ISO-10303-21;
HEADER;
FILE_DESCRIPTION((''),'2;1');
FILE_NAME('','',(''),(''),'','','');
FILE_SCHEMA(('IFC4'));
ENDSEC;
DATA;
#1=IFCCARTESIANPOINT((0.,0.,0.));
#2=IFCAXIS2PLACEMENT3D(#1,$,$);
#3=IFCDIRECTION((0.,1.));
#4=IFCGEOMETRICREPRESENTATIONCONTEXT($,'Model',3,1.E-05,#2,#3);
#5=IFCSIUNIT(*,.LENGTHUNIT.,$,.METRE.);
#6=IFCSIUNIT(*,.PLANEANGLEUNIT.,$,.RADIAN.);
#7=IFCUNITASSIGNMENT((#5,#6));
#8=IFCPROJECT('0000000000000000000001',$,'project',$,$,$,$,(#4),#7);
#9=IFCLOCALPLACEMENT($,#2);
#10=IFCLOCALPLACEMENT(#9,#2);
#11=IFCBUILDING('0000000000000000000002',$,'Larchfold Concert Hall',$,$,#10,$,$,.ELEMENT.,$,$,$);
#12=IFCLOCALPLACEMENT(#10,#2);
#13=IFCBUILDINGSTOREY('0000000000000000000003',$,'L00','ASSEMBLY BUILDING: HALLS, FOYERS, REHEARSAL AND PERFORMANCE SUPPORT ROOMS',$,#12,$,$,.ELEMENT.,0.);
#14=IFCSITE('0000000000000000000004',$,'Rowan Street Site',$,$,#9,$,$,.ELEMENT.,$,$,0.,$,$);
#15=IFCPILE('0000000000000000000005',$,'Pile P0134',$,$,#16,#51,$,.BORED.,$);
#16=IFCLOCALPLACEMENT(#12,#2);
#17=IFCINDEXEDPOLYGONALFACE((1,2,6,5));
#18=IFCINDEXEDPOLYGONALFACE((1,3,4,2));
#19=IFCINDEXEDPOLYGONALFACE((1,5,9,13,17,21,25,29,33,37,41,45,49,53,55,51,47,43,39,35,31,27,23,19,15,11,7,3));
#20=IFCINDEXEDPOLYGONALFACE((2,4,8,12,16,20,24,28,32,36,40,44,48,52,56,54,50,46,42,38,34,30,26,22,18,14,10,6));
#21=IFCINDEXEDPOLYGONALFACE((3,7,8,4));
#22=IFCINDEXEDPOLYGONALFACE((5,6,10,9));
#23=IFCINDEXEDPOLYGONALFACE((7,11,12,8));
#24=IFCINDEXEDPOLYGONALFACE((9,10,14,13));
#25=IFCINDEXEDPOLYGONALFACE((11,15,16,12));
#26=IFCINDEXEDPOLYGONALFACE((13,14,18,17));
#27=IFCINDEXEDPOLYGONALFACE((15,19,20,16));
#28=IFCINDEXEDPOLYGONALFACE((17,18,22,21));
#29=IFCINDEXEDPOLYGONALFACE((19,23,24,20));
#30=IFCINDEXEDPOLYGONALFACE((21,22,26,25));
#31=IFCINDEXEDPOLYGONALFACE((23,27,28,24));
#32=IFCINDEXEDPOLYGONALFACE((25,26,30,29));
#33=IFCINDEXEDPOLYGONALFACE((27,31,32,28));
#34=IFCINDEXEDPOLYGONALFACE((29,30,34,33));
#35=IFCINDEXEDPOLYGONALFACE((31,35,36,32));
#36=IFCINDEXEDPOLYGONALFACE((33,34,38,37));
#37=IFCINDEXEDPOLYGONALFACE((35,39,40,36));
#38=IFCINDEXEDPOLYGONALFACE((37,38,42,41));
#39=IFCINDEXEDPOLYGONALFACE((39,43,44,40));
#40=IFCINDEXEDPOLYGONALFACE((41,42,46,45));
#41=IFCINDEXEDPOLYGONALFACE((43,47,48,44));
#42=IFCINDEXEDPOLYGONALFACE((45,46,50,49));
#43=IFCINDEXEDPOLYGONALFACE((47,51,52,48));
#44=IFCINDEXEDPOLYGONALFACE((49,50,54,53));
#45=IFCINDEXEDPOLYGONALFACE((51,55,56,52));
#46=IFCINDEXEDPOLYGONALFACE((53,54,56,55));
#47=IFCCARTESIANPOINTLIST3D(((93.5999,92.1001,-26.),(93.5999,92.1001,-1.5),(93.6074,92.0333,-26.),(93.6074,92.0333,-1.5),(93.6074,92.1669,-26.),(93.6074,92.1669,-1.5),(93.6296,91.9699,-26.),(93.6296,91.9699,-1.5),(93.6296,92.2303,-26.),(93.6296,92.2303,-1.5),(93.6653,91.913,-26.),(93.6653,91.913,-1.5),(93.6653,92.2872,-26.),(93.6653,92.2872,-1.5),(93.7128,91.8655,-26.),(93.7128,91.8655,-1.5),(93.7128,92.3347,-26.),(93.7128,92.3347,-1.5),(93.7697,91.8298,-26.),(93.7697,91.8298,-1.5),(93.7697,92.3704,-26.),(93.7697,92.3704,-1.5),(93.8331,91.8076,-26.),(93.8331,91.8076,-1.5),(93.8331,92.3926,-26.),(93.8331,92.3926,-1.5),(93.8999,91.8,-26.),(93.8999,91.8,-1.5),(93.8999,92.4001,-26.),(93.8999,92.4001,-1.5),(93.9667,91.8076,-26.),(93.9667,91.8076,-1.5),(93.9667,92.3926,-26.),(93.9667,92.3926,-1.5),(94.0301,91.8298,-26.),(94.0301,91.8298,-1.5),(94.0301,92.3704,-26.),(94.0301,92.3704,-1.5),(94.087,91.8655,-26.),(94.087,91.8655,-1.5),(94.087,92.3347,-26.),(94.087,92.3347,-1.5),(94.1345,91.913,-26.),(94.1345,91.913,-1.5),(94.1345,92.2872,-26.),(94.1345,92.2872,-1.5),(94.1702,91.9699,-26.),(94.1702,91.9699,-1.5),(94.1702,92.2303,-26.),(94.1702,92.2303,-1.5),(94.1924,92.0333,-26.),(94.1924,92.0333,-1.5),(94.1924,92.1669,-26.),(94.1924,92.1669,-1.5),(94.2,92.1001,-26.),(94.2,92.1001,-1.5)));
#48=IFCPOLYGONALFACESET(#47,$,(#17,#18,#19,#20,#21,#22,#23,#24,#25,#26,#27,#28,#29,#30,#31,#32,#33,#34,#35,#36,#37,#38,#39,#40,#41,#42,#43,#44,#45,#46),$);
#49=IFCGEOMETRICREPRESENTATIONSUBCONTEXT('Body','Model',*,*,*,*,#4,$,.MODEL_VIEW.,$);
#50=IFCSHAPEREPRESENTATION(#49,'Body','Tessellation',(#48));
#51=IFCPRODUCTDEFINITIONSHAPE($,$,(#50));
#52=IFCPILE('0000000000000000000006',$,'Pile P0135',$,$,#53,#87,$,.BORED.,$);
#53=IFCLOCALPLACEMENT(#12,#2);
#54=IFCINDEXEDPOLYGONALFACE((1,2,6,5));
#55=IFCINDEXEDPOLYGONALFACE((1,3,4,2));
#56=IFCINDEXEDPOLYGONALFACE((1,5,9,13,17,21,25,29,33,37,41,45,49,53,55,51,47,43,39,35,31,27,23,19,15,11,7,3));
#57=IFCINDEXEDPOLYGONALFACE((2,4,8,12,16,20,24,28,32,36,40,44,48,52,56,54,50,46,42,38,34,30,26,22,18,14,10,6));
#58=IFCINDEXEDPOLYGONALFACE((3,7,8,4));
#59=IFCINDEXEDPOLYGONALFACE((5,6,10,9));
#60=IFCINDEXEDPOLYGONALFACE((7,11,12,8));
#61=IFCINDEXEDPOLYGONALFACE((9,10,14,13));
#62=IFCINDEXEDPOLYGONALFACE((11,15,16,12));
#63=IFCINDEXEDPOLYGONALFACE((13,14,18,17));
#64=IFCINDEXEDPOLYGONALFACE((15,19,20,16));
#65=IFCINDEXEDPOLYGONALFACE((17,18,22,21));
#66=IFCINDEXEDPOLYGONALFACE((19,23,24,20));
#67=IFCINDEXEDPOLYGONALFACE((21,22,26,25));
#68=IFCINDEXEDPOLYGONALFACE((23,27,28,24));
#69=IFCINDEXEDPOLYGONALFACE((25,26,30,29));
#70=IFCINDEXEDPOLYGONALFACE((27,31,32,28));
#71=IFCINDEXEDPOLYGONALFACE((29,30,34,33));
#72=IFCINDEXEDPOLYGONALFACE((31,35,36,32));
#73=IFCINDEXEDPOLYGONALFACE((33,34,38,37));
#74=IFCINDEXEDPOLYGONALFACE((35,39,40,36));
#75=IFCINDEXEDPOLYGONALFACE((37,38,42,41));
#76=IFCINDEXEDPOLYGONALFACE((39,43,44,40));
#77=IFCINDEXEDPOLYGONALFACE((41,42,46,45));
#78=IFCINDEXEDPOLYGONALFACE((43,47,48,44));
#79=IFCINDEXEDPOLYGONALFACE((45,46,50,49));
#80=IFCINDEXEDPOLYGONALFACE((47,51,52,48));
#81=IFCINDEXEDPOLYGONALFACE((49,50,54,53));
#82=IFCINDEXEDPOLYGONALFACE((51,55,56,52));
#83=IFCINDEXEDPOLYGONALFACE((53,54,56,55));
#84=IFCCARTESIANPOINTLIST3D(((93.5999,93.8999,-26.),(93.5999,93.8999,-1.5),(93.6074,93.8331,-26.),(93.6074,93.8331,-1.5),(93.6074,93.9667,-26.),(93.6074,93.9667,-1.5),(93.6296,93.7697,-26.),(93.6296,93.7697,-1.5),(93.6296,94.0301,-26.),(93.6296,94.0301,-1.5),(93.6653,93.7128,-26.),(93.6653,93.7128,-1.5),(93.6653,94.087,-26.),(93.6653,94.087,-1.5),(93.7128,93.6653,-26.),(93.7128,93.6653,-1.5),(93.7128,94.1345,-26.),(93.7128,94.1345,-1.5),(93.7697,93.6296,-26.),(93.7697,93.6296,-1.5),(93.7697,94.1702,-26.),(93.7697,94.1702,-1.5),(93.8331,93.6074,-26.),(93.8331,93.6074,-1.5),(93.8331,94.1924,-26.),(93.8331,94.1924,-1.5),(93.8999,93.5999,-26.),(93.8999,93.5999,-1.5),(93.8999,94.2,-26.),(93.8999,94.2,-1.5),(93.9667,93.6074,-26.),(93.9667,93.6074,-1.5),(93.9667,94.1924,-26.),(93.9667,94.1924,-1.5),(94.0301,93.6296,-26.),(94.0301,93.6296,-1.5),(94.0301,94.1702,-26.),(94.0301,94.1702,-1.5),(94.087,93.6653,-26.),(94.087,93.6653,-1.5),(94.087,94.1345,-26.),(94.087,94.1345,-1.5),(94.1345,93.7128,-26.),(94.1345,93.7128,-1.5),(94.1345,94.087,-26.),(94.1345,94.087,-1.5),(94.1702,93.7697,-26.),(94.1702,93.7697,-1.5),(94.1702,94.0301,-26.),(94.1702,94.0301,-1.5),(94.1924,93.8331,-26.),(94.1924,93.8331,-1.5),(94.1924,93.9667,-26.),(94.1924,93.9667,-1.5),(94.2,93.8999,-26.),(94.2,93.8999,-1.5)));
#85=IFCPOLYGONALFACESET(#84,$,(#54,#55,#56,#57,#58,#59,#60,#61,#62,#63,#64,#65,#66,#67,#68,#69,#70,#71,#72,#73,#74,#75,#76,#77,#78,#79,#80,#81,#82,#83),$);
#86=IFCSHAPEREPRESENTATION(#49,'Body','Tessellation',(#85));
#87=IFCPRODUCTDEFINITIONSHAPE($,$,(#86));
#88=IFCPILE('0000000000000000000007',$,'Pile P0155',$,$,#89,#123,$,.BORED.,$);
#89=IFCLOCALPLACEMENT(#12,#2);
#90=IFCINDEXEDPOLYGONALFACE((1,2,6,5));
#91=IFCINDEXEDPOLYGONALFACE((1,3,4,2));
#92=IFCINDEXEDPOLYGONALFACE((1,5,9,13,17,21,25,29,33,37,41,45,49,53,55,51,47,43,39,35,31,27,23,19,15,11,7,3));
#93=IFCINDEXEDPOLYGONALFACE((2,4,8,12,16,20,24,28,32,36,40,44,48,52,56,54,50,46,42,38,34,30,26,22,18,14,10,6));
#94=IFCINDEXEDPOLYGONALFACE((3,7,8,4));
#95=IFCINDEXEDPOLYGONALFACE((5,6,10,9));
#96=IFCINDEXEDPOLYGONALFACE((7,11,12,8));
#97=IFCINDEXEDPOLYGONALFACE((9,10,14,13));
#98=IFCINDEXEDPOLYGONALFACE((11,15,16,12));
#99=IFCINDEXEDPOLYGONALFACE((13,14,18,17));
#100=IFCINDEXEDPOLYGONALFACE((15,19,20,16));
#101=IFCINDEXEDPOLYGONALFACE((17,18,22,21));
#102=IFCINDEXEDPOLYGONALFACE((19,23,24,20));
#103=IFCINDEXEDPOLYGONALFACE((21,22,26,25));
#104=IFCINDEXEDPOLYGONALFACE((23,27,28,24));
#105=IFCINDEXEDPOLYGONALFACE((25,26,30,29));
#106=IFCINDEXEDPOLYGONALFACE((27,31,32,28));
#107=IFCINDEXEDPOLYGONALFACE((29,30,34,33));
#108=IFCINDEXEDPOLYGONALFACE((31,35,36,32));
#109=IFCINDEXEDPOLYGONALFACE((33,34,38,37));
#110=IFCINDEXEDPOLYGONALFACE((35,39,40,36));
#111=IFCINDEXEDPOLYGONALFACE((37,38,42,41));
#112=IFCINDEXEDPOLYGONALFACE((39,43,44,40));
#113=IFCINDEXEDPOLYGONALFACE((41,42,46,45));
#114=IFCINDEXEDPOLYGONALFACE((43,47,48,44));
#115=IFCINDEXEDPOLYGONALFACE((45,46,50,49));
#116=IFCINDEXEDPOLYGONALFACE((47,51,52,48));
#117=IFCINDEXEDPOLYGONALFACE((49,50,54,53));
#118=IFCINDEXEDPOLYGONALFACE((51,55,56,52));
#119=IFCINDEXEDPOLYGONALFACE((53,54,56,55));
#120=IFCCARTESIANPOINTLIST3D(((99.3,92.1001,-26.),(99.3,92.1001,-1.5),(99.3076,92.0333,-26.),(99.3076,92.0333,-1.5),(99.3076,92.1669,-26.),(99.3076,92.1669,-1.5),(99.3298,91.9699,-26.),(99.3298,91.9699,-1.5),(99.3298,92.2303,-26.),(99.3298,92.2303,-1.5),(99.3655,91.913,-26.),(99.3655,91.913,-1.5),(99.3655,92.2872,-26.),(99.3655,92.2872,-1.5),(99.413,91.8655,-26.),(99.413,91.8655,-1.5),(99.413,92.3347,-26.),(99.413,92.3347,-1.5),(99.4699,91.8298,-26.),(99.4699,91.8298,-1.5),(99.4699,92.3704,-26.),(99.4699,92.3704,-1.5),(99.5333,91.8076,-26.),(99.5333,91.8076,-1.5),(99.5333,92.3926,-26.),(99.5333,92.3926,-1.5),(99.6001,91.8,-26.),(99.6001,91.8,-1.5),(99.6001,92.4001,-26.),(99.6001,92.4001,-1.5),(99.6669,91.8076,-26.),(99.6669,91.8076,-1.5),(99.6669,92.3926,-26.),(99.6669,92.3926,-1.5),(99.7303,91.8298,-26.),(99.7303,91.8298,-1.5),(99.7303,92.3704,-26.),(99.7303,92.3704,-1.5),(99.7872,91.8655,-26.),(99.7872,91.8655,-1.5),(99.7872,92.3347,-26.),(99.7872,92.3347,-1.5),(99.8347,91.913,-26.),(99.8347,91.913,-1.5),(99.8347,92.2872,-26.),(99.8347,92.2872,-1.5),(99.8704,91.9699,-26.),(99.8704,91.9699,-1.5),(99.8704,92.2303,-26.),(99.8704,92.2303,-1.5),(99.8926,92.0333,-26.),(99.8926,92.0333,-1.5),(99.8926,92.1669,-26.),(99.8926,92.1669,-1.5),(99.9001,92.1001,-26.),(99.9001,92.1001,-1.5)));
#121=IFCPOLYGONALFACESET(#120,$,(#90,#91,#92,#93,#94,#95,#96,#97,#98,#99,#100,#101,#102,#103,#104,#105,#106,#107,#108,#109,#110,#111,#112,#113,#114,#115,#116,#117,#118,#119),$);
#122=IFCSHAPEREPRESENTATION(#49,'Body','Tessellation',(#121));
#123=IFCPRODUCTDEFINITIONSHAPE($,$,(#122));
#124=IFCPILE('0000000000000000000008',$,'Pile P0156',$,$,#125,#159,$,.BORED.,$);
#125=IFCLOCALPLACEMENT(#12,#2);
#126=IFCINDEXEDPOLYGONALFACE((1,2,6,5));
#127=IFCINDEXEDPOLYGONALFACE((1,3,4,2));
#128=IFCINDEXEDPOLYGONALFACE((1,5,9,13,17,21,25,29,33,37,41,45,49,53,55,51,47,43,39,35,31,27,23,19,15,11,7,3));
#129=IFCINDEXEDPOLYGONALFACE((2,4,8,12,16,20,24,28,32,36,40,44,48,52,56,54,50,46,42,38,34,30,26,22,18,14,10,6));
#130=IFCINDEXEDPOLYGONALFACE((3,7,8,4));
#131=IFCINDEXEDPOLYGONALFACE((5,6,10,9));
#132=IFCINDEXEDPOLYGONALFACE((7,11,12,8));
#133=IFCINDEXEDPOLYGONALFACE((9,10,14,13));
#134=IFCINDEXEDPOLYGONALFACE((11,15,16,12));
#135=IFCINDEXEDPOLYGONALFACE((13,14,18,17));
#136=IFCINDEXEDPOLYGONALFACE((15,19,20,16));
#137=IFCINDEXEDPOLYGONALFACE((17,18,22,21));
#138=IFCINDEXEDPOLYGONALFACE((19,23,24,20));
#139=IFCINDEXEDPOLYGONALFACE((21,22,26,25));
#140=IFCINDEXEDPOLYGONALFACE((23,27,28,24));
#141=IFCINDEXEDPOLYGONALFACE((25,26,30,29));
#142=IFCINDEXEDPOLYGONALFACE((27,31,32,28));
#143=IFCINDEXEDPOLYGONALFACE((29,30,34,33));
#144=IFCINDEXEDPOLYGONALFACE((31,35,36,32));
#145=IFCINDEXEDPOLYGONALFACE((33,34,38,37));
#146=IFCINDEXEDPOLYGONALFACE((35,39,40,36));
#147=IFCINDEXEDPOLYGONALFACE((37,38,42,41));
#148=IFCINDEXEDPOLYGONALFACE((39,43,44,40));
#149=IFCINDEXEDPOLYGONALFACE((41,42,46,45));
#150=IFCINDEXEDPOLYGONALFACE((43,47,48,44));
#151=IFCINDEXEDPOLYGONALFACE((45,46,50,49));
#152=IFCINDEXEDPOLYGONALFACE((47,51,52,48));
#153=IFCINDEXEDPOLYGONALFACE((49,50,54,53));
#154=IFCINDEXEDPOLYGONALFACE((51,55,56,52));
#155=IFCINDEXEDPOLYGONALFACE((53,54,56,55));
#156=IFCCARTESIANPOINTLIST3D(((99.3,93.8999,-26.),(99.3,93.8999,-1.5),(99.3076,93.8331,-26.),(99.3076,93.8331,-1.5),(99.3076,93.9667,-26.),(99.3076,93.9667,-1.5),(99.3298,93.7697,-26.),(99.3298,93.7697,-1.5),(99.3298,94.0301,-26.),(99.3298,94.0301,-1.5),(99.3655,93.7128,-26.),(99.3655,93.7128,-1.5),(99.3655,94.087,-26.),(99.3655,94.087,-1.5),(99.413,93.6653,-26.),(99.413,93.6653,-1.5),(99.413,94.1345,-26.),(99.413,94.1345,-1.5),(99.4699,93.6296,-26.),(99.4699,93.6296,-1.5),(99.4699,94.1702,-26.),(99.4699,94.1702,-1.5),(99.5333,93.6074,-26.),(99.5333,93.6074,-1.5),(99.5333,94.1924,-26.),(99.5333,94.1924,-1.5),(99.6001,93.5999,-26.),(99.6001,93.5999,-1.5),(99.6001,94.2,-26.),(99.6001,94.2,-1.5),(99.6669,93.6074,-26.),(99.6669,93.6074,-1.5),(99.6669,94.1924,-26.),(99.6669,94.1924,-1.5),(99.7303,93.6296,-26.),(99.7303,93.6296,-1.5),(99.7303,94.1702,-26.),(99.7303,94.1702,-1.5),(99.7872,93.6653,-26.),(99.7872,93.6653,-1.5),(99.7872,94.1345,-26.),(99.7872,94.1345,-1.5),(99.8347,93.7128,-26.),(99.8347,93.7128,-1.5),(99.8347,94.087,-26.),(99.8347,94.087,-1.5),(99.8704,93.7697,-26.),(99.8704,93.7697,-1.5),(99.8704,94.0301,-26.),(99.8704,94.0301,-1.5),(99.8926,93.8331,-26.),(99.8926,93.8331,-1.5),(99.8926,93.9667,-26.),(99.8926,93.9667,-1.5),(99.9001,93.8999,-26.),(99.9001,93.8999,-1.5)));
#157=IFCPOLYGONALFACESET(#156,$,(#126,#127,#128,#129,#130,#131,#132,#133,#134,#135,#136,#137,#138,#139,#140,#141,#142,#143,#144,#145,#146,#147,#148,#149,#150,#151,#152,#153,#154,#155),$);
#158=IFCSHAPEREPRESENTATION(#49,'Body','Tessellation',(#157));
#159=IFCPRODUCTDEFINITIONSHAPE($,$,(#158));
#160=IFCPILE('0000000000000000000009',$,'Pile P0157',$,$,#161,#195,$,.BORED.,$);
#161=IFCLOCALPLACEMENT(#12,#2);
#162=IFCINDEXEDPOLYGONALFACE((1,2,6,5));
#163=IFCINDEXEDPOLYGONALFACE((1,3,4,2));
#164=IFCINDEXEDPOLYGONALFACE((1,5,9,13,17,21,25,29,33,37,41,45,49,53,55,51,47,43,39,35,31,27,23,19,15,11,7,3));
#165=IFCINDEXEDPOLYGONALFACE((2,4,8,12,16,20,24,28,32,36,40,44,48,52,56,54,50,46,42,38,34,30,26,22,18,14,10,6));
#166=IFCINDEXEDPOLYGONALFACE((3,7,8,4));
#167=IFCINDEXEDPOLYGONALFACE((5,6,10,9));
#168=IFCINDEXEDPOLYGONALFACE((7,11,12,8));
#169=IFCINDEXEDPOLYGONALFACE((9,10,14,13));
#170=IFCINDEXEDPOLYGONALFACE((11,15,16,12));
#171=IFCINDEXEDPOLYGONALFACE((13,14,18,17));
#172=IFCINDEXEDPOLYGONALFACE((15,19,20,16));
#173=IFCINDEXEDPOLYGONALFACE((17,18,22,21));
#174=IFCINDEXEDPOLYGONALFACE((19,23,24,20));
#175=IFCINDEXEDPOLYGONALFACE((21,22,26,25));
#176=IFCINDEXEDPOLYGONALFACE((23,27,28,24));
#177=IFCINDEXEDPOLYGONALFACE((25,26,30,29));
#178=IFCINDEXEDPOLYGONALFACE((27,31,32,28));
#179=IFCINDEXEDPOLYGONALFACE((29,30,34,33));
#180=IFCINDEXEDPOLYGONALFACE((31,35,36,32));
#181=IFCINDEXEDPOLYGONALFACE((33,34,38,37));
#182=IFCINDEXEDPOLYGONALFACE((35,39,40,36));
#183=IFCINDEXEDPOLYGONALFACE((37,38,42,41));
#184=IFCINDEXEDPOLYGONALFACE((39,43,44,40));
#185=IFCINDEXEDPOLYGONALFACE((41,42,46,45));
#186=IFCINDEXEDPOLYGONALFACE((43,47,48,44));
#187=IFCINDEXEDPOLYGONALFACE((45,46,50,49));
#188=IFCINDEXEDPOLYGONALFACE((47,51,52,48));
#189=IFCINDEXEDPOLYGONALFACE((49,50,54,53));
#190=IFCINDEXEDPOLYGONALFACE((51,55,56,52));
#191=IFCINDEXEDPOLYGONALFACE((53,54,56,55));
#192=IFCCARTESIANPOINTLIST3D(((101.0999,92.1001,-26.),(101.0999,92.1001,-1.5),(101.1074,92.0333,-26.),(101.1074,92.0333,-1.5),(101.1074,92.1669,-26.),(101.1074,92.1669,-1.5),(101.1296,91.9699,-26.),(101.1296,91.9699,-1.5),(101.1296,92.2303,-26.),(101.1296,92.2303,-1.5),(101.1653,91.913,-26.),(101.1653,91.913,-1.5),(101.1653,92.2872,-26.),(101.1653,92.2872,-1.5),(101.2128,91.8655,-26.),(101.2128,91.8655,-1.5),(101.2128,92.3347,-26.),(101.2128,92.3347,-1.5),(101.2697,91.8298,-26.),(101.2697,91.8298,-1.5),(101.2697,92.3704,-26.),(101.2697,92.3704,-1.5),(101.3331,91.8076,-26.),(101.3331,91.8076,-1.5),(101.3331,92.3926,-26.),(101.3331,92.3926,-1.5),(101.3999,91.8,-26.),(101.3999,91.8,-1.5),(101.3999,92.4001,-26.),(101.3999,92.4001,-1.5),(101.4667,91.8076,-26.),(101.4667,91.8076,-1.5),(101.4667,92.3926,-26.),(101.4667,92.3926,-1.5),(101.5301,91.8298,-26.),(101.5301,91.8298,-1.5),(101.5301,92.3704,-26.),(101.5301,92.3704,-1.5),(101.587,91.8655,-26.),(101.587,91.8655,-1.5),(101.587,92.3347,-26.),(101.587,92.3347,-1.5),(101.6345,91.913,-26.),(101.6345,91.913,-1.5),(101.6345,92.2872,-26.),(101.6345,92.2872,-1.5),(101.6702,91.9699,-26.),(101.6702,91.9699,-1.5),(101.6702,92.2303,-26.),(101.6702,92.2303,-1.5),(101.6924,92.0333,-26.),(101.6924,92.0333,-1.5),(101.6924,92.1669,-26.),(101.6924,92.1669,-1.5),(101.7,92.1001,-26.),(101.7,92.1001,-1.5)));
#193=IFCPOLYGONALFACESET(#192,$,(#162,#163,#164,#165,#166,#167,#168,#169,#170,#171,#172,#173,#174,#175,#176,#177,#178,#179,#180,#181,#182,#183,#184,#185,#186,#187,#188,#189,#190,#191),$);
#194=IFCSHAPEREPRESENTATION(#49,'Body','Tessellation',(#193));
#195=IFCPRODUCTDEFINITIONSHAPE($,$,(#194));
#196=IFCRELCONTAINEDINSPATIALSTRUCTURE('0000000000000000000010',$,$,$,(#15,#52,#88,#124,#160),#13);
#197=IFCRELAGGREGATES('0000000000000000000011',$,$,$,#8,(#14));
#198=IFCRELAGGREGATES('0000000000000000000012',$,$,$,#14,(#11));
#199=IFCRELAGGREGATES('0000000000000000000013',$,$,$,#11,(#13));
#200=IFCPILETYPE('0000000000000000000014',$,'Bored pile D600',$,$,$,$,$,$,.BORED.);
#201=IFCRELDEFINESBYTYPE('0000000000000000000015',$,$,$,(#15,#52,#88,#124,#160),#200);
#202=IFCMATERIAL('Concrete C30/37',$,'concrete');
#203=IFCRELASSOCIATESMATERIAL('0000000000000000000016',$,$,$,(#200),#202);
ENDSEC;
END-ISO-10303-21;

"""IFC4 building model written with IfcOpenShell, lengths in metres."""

from ifc_helpers import new_model, si_unit, direction, frame, origin, origin_2d, place, context, subcontext, project, spatial, circle, extrude, material, material_profile, profile_set, type_object, element, save


model = new_model("IFC4")

# Units and contexts
model_context = context("Model", 3, precision=1e-05, world=origin(), true_north=direction((0.0, 1.0)))
body_context = subcontext(model_context, "Body", "Model", "MODEL_VIEW")
ifc_project = project(units=[si_unit("LENGTHUNIT", "METRE"), si_unit("PLANEANGLEUNIT", "RADIAN")], contexts=[model_context])

# Site, building, storey
site_placement = place(None, origin())
site = spatial("IfcSite", under=ifc_project, at=site_placement, Name="Rowan Street Site", CompositionType="ELEMENT", RefElevation=0.0)
building_placement = place(site_placement, origin())
building = spatial("IfcBuilding", under=site, at=building_placement, Name="Larchfold Concert Hall", CompositionType="ELEMENT")
storey_placement = place(building_placement, origin())
storey = spatial("IfcBuildingStorey", under=building, at=storey_placement, Name="L00", Description="ASSEMBLY BUILDING: HALLS, FOYERS, REHEARSAL AND PERFORMANCE SUPPORT ROOMS", CompositionType="ELEMENT", Elevation=0.0)

# Piles
ifc_material_1 = material(Name="Concrete C30/37", Category="concrete")
ifc_material_profile_1 = material_profile(ifc_material_1, circle(Radius=0.3, at=origin_2d()))
ifc_profile_set_1 = profile_set([ifc_material_profile_1], Name="Concrete C30/37")
pile_type = type_object("IfcPileType", Name="Bored pile D600", PredefinedType="BORED", material=ifc_profile_set_1)
for number, where, z_axis, x_axis, name in (
    (1, (93.8999, 92.1001, -1.5), (0.0, 0.0, -1.0), (1.0, 0.0, 0.0), "Pile P0134"),
    (2, (93.8999, 93.8999, -1.5), (0.0, 0.0, -1.0), (1.0, 0.0, 0.0), "Pile P0135"),
    (3, (99.6001, 92.1001, -1.5), (0.0, 0.0, -1.0), (1.0, 0.0, 0.0), "Pile P0155"),
    (4, (99.6001, 93.8999, -1.5), (0.0, 0.0, -1.0), (1.0, 0.0, 0.0), "Pile P0156"),
    (5, (101.3999, 92.1001, -1.5), (0.0, 0.0, -1.0), (1.0, 0.0, 0.0), "Pile P0157"),
):
    element("IfcPile", number, at=place(storey_placement, frame(where, z_axis=z_axis, x_axis=x_axis)), inside=storey, type_object=pile_type, Name=name, PredefinedType="BORED", context=body_context, shape_type="SweptSolid", body=[
        extrude(circle(Radius=0.3, at=origin_2d()), origin(), (0.0, 0.0, 1.0), 24.5),
    ])

save(model, "model.ifc")
